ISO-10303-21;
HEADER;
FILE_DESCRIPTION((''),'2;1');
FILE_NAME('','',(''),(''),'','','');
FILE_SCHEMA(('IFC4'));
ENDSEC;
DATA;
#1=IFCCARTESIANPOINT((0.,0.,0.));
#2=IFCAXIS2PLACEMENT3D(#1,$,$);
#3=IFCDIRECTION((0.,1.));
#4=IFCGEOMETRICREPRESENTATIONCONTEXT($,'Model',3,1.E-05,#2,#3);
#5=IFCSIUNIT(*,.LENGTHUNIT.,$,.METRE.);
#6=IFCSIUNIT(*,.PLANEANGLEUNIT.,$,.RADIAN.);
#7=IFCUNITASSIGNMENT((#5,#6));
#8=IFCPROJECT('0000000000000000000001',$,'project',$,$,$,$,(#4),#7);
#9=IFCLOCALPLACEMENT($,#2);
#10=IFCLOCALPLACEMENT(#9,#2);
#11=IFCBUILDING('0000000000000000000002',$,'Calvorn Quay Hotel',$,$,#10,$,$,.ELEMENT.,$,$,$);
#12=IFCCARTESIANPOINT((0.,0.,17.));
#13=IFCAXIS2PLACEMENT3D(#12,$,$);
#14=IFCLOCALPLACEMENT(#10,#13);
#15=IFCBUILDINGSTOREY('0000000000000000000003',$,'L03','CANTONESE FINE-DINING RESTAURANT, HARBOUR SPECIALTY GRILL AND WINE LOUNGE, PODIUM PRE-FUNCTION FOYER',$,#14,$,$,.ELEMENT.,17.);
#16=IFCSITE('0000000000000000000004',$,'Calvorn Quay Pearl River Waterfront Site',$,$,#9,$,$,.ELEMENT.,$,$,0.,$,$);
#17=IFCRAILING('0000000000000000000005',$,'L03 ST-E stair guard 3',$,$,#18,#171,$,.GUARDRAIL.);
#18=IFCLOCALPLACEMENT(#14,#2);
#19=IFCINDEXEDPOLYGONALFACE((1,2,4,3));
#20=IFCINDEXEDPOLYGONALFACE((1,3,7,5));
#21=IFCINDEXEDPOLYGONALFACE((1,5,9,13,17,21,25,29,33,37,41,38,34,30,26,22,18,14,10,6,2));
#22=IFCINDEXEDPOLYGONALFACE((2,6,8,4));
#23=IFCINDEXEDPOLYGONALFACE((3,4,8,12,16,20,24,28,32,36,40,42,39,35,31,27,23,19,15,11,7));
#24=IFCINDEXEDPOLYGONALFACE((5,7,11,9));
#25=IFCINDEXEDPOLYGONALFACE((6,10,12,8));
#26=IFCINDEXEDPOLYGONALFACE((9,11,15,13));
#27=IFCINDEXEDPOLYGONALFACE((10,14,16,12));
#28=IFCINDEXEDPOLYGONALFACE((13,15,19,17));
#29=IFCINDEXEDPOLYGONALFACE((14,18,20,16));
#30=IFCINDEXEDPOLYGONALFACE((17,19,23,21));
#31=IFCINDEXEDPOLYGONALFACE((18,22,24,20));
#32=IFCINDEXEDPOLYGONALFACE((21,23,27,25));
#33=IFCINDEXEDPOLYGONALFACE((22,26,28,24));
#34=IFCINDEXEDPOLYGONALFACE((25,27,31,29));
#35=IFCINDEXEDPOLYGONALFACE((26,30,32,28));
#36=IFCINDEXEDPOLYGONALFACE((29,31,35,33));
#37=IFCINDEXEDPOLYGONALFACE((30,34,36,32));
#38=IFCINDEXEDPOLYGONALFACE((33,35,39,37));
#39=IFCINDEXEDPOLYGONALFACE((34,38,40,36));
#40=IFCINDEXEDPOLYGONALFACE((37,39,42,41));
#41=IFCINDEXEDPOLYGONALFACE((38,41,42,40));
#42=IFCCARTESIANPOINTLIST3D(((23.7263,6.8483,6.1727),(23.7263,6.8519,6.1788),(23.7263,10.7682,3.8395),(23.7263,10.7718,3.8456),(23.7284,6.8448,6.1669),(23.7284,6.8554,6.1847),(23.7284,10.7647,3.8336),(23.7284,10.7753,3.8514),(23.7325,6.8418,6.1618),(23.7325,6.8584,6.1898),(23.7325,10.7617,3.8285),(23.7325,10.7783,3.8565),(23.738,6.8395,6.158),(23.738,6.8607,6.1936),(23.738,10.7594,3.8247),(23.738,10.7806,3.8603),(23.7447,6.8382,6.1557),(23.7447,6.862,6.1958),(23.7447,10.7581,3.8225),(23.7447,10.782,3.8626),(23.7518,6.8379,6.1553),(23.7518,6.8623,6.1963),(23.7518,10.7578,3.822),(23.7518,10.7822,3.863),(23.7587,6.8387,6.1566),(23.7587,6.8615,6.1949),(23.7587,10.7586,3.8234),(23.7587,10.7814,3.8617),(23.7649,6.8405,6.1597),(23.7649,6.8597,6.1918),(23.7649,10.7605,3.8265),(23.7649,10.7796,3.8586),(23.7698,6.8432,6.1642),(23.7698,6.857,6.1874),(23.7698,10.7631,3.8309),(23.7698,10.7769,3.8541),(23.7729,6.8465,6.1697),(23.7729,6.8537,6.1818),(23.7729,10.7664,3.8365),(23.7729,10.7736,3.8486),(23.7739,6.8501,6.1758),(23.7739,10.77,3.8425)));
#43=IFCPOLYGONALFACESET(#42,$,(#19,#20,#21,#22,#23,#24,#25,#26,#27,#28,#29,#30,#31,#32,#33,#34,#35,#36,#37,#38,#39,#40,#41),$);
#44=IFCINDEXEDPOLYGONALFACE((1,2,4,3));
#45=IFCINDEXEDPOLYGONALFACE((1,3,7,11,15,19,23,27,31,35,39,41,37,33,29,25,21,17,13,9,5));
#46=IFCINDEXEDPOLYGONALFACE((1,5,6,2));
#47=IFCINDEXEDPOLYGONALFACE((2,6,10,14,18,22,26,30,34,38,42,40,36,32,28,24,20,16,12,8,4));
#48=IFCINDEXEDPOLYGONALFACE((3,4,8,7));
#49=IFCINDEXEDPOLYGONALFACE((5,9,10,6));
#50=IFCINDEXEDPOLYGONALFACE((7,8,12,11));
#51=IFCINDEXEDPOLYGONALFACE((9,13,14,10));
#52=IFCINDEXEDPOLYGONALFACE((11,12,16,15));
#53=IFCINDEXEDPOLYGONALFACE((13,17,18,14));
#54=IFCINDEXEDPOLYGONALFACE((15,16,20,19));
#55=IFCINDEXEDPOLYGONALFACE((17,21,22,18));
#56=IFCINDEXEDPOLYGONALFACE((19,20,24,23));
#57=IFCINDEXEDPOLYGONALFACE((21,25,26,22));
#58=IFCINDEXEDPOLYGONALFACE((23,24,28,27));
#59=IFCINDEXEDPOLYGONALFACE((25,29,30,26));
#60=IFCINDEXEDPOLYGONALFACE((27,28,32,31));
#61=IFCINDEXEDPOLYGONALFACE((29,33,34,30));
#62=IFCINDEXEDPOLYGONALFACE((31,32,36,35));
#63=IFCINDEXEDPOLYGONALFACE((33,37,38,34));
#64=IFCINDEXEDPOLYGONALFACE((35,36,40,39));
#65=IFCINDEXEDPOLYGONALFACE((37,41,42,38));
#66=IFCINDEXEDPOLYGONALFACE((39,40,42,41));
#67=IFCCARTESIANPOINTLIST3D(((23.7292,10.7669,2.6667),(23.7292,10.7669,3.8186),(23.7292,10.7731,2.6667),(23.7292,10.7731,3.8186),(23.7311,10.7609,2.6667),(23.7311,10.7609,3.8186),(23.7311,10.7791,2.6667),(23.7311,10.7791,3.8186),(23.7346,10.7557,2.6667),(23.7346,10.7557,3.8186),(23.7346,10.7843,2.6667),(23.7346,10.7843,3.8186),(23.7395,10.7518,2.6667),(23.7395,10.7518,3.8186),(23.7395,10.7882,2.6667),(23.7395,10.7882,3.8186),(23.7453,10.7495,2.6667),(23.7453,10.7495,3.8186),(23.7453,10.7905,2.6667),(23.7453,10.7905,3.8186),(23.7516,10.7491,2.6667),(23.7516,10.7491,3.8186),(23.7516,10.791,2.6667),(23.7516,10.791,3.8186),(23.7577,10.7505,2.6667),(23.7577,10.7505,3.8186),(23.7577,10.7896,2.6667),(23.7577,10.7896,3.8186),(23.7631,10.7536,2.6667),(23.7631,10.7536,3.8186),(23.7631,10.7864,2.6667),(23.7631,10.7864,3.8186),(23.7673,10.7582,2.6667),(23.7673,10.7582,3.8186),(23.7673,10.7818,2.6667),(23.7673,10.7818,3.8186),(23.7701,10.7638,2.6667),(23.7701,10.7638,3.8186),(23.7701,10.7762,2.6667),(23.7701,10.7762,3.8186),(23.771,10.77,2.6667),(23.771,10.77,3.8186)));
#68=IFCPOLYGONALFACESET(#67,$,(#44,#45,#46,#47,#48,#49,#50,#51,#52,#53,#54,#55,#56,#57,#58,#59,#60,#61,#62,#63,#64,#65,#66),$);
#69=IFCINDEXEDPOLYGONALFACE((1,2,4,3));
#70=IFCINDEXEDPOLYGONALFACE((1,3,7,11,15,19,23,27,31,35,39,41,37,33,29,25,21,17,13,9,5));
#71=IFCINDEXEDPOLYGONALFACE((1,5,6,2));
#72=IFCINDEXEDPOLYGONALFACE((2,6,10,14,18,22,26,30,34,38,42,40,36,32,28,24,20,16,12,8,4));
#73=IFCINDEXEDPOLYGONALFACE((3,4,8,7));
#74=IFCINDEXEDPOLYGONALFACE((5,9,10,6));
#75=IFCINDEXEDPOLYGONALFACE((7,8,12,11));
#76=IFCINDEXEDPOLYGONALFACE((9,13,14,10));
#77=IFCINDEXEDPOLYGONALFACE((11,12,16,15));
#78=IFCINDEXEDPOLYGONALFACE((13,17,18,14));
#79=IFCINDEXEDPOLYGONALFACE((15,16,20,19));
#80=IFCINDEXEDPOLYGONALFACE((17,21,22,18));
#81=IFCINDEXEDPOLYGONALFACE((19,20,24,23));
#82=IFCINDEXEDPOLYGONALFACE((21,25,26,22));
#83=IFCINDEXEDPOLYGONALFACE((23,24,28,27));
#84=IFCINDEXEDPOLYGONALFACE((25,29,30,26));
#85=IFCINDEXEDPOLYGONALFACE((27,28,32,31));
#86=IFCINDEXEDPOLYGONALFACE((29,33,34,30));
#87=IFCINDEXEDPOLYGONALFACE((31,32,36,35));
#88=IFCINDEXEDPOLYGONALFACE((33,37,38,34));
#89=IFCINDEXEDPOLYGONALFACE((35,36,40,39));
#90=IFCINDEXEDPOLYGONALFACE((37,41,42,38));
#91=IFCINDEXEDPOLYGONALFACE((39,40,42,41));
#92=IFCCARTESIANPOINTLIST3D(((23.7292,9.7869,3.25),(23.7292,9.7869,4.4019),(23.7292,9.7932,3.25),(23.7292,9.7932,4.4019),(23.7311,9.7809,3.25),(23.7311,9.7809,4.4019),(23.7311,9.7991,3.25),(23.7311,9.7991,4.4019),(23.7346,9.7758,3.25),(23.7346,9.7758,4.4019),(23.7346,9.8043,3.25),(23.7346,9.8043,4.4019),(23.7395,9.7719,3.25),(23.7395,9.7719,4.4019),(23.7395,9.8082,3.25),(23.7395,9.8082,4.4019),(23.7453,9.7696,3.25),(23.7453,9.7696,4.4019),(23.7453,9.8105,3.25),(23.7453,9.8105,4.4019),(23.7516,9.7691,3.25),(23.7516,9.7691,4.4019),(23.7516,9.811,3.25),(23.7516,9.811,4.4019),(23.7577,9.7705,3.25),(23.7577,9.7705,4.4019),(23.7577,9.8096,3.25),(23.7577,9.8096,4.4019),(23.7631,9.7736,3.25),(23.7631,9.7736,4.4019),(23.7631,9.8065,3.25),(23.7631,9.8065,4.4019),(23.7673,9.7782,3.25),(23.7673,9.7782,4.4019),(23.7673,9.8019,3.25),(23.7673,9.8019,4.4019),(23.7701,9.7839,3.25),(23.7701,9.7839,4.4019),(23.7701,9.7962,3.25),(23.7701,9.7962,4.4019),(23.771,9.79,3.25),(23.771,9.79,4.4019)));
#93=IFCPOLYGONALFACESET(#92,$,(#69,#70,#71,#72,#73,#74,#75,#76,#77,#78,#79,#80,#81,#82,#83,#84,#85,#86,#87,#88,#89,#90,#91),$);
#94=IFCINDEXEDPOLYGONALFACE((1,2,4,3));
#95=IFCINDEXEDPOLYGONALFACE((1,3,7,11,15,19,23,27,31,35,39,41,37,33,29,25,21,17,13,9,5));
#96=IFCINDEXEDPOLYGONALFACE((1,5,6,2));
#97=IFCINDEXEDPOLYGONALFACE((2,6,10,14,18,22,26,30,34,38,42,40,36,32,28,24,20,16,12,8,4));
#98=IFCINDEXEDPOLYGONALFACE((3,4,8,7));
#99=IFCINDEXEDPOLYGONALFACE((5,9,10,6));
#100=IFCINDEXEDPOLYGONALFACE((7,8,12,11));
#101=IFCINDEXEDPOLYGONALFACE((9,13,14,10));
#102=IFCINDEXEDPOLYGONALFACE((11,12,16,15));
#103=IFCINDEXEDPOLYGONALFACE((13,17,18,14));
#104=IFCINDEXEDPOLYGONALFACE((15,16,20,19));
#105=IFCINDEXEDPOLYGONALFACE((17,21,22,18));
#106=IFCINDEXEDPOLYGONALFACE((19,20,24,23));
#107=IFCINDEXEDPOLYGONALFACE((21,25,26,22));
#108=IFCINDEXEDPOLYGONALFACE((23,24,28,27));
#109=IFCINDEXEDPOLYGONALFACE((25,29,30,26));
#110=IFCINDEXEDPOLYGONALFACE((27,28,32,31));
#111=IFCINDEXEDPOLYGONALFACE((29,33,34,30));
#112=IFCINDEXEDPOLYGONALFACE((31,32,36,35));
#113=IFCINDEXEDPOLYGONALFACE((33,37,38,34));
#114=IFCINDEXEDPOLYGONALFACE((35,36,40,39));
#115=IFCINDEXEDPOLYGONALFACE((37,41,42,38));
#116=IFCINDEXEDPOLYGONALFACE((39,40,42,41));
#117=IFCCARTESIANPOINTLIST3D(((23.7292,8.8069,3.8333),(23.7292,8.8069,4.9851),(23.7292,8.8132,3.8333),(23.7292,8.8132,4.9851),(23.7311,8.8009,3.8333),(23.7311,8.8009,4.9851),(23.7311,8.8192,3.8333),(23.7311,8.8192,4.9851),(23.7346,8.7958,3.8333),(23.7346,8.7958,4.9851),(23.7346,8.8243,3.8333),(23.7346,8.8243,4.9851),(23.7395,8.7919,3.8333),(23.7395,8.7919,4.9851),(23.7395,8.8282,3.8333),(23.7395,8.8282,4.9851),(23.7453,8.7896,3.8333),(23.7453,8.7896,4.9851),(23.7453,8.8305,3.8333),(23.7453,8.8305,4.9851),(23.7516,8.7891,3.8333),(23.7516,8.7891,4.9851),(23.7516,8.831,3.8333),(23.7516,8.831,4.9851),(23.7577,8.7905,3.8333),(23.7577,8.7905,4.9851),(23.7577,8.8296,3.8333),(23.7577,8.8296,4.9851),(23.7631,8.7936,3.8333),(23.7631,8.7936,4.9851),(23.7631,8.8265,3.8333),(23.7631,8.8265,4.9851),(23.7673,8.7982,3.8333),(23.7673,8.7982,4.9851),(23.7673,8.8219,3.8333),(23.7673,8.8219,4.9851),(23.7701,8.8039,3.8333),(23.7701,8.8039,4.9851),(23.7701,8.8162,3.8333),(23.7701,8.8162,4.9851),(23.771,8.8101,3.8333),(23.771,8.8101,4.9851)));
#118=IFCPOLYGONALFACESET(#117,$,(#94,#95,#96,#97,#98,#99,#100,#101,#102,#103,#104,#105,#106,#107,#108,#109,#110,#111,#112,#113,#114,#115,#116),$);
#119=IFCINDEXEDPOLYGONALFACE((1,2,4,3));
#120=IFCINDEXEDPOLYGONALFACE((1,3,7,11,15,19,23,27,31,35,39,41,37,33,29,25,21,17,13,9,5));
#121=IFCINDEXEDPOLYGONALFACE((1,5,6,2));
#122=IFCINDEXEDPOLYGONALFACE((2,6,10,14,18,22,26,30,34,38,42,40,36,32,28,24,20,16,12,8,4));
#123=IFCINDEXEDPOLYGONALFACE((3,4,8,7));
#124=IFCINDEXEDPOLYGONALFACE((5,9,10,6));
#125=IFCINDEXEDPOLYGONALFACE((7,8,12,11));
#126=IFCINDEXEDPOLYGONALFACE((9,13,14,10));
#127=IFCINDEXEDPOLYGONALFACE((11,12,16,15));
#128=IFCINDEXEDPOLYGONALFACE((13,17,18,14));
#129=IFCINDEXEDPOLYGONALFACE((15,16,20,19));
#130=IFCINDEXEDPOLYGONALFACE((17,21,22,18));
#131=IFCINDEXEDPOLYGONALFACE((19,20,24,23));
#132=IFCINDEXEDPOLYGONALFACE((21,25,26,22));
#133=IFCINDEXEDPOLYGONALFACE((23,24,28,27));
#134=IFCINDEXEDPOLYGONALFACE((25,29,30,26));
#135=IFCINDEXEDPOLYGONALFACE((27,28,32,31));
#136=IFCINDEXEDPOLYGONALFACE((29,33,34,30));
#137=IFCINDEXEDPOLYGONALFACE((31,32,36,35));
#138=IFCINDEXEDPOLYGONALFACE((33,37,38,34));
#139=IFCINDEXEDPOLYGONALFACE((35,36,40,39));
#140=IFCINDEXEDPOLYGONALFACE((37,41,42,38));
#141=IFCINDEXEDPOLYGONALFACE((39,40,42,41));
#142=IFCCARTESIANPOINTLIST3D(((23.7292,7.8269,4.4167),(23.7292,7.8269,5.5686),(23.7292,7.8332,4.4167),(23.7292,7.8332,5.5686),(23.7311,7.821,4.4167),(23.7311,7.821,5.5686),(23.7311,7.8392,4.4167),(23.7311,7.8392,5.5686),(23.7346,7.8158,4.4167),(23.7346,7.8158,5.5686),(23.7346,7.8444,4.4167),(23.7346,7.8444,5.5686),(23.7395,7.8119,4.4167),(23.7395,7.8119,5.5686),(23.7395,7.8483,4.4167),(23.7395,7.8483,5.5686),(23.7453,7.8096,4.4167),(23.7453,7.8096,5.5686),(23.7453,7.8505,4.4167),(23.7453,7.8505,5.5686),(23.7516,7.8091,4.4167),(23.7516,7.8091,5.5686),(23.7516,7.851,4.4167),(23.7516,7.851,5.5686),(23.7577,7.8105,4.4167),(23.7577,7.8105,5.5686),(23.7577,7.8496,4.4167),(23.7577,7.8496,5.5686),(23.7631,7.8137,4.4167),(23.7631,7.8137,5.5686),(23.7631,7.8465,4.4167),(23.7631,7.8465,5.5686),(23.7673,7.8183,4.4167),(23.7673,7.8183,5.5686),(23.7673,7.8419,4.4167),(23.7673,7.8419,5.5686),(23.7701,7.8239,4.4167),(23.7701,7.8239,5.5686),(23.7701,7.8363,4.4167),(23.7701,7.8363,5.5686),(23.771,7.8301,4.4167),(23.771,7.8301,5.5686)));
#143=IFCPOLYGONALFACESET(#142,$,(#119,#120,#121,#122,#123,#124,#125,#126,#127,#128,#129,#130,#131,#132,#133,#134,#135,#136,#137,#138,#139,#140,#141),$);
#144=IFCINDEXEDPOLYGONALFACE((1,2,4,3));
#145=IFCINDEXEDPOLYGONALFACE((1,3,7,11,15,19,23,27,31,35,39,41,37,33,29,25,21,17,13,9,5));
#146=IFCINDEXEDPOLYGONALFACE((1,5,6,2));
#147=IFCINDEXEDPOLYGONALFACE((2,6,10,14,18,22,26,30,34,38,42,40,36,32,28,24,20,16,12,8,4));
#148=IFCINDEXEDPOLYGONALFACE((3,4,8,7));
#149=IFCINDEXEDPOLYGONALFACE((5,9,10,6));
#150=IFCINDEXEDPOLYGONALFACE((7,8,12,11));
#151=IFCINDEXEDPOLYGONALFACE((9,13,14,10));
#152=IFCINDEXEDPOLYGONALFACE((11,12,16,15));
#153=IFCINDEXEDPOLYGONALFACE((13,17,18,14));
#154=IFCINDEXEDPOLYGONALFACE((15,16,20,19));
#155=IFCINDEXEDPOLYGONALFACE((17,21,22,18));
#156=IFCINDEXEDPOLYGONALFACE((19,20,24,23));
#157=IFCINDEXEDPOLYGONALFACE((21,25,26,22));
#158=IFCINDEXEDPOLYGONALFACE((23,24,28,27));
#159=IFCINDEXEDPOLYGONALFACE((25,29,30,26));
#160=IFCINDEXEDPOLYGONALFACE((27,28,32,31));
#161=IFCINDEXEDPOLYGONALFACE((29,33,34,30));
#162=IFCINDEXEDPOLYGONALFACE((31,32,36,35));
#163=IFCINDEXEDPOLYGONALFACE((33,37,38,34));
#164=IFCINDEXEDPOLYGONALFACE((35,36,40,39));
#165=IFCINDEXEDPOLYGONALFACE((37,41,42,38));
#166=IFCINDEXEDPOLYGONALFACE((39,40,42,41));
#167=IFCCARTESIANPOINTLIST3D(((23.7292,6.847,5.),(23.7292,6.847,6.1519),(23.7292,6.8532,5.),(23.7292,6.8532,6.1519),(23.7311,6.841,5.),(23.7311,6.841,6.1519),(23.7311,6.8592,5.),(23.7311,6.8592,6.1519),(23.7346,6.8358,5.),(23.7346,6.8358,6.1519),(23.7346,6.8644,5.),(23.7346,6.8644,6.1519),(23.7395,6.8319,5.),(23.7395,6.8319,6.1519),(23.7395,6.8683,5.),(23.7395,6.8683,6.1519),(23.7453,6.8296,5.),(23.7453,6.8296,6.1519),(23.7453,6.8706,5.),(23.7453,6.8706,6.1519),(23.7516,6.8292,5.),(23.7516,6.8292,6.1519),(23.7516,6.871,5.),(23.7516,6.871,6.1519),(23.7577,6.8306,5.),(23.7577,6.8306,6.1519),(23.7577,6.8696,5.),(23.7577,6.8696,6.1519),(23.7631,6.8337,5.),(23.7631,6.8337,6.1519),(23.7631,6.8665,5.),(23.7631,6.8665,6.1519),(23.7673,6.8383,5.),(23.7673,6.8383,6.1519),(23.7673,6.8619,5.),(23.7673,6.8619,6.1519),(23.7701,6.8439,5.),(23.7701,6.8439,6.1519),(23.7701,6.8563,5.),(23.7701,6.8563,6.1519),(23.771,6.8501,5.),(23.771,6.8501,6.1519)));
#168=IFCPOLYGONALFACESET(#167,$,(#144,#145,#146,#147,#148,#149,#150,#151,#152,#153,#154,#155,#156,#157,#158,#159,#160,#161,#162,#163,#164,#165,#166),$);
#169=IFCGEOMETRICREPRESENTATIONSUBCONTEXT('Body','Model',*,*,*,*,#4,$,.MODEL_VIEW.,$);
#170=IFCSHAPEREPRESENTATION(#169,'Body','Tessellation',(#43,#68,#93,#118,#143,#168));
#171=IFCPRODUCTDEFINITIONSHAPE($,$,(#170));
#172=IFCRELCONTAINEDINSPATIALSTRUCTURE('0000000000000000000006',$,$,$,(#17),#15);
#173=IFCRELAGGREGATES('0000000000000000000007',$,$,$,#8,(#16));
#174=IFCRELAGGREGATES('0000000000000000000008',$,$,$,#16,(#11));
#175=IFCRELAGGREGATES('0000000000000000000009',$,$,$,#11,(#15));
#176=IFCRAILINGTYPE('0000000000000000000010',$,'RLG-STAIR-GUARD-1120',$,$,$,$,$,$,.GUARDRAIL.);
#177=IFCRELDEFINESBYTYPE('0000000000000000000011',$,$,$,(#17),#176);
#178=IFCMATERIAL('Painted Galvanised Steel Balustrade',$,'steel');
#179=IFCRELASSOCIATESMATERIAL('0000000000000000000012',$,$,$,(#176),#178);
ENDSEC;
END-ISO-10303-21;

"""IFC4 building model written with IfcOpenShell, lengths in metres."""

from ifc_helpers import new_model, si_unit, direction, frame, origin, origin_2d, place, context, subcontext, project, spatial, circle, extrude, material, type_object, element, save


model = new_model("IFC4")

# Units and contexts
model_context = context("Model", 3, precision=1e-05, world=origin(), true_north=direction((0.0, 1.0)))
body_context = subcontext(model_context, "Body", "Model", "MODEL_VIEW")
ifc_project = project(units=[si_unit("LENGTHUNIT", "METRE"), si_unit("PLANEANGLEUNIT", "RADIAN")], contexts=[model_context])

# Site, building, storey
site_placement = place(None, origin())
site = spatial("IfcSite", under=ifc_project, at=site_placement, Name="Calvorn Quay Pearl River Waterfront Site", CompositionType="ELEMENT", RefElevation=0.0)
building_placement = place(site_placement, origin())
building = spatial("IfcBuilding", under=site, at=building_placement, Name="Calvorn Quay Hotel", CompositionType="ELEMENT")
storey_placement = place(building_placement, frame((0.0, 0.0, 17.0)))
storey = spatial("IfcBuildingStorey", under=building, at=storey_placement, Name="L03", Description="CANTONESE FINE-DINING RESTAURANT, HARBOUR SPECIALTY GRILL AND WINE LOUNGE, PODIUM PRE-FUNCTION FOYER", CompositionType="ELEMENT", Elevation=17.0)

# Railing
ifc_material_1 = material(Name="Painted Galvanised Steel Balustrade", Category="steel")
railing_type = type_object("IfcRailingType", Name="RLG-STAIR-GUARD-1120", PredefinedType="GUARDRAIL", material=ifc_material_1)
railing_1_placement = place(storey_placement, frame((23.75, 10.77, 2.6667)))
element("IfcRailing", 1, at=railing_1_placement, inside=storey, type_object=railing_type, Name="L03 ST-E stair guard 3", PredefinedType="GUARDRAIL", context=body_context, shape_type="SweptSolid", body=[
    extrude(circle(Radius=0.0239, at=origin_2d()), frame((0.0, 0.0, 1.1758), z_axis=(0.0, -0.859296, 0.511478), x_axis=(1.0, 0.0, 0.0)), (0.0, 0.0, 1.0), 4.5618),
    extrude(circle(Radius=0.021, at=origin_2d()), origin(), (0.0, 0.0, 1.0), 1.1519),
    extrude(circle(Radius=0.021, at=origin_2d()), frame((0.0, -0.98, 0.5833)), (0.0, 0.0, 1.0), 1.1519),
    extrude(circle(Radius=0.021, at=origin_2d()), frame((0.0, -1.96, 1.1665)), (0.0, 0.0, 1.0), 1.1519),
    extrude(circle(Radius=0.021, at=origin_2d()), frame((0.0, -2.9399, 1.75)), (0.0, 0.0, 1.0), 1.1519),
    extrude(circle(Radius=0.021, at=origin_2d()), frame((0.0, -3.9199, 2.3333)), (0.0, 0.0, 1.0), 1.1519),
])

save(model, "model.ifc")
